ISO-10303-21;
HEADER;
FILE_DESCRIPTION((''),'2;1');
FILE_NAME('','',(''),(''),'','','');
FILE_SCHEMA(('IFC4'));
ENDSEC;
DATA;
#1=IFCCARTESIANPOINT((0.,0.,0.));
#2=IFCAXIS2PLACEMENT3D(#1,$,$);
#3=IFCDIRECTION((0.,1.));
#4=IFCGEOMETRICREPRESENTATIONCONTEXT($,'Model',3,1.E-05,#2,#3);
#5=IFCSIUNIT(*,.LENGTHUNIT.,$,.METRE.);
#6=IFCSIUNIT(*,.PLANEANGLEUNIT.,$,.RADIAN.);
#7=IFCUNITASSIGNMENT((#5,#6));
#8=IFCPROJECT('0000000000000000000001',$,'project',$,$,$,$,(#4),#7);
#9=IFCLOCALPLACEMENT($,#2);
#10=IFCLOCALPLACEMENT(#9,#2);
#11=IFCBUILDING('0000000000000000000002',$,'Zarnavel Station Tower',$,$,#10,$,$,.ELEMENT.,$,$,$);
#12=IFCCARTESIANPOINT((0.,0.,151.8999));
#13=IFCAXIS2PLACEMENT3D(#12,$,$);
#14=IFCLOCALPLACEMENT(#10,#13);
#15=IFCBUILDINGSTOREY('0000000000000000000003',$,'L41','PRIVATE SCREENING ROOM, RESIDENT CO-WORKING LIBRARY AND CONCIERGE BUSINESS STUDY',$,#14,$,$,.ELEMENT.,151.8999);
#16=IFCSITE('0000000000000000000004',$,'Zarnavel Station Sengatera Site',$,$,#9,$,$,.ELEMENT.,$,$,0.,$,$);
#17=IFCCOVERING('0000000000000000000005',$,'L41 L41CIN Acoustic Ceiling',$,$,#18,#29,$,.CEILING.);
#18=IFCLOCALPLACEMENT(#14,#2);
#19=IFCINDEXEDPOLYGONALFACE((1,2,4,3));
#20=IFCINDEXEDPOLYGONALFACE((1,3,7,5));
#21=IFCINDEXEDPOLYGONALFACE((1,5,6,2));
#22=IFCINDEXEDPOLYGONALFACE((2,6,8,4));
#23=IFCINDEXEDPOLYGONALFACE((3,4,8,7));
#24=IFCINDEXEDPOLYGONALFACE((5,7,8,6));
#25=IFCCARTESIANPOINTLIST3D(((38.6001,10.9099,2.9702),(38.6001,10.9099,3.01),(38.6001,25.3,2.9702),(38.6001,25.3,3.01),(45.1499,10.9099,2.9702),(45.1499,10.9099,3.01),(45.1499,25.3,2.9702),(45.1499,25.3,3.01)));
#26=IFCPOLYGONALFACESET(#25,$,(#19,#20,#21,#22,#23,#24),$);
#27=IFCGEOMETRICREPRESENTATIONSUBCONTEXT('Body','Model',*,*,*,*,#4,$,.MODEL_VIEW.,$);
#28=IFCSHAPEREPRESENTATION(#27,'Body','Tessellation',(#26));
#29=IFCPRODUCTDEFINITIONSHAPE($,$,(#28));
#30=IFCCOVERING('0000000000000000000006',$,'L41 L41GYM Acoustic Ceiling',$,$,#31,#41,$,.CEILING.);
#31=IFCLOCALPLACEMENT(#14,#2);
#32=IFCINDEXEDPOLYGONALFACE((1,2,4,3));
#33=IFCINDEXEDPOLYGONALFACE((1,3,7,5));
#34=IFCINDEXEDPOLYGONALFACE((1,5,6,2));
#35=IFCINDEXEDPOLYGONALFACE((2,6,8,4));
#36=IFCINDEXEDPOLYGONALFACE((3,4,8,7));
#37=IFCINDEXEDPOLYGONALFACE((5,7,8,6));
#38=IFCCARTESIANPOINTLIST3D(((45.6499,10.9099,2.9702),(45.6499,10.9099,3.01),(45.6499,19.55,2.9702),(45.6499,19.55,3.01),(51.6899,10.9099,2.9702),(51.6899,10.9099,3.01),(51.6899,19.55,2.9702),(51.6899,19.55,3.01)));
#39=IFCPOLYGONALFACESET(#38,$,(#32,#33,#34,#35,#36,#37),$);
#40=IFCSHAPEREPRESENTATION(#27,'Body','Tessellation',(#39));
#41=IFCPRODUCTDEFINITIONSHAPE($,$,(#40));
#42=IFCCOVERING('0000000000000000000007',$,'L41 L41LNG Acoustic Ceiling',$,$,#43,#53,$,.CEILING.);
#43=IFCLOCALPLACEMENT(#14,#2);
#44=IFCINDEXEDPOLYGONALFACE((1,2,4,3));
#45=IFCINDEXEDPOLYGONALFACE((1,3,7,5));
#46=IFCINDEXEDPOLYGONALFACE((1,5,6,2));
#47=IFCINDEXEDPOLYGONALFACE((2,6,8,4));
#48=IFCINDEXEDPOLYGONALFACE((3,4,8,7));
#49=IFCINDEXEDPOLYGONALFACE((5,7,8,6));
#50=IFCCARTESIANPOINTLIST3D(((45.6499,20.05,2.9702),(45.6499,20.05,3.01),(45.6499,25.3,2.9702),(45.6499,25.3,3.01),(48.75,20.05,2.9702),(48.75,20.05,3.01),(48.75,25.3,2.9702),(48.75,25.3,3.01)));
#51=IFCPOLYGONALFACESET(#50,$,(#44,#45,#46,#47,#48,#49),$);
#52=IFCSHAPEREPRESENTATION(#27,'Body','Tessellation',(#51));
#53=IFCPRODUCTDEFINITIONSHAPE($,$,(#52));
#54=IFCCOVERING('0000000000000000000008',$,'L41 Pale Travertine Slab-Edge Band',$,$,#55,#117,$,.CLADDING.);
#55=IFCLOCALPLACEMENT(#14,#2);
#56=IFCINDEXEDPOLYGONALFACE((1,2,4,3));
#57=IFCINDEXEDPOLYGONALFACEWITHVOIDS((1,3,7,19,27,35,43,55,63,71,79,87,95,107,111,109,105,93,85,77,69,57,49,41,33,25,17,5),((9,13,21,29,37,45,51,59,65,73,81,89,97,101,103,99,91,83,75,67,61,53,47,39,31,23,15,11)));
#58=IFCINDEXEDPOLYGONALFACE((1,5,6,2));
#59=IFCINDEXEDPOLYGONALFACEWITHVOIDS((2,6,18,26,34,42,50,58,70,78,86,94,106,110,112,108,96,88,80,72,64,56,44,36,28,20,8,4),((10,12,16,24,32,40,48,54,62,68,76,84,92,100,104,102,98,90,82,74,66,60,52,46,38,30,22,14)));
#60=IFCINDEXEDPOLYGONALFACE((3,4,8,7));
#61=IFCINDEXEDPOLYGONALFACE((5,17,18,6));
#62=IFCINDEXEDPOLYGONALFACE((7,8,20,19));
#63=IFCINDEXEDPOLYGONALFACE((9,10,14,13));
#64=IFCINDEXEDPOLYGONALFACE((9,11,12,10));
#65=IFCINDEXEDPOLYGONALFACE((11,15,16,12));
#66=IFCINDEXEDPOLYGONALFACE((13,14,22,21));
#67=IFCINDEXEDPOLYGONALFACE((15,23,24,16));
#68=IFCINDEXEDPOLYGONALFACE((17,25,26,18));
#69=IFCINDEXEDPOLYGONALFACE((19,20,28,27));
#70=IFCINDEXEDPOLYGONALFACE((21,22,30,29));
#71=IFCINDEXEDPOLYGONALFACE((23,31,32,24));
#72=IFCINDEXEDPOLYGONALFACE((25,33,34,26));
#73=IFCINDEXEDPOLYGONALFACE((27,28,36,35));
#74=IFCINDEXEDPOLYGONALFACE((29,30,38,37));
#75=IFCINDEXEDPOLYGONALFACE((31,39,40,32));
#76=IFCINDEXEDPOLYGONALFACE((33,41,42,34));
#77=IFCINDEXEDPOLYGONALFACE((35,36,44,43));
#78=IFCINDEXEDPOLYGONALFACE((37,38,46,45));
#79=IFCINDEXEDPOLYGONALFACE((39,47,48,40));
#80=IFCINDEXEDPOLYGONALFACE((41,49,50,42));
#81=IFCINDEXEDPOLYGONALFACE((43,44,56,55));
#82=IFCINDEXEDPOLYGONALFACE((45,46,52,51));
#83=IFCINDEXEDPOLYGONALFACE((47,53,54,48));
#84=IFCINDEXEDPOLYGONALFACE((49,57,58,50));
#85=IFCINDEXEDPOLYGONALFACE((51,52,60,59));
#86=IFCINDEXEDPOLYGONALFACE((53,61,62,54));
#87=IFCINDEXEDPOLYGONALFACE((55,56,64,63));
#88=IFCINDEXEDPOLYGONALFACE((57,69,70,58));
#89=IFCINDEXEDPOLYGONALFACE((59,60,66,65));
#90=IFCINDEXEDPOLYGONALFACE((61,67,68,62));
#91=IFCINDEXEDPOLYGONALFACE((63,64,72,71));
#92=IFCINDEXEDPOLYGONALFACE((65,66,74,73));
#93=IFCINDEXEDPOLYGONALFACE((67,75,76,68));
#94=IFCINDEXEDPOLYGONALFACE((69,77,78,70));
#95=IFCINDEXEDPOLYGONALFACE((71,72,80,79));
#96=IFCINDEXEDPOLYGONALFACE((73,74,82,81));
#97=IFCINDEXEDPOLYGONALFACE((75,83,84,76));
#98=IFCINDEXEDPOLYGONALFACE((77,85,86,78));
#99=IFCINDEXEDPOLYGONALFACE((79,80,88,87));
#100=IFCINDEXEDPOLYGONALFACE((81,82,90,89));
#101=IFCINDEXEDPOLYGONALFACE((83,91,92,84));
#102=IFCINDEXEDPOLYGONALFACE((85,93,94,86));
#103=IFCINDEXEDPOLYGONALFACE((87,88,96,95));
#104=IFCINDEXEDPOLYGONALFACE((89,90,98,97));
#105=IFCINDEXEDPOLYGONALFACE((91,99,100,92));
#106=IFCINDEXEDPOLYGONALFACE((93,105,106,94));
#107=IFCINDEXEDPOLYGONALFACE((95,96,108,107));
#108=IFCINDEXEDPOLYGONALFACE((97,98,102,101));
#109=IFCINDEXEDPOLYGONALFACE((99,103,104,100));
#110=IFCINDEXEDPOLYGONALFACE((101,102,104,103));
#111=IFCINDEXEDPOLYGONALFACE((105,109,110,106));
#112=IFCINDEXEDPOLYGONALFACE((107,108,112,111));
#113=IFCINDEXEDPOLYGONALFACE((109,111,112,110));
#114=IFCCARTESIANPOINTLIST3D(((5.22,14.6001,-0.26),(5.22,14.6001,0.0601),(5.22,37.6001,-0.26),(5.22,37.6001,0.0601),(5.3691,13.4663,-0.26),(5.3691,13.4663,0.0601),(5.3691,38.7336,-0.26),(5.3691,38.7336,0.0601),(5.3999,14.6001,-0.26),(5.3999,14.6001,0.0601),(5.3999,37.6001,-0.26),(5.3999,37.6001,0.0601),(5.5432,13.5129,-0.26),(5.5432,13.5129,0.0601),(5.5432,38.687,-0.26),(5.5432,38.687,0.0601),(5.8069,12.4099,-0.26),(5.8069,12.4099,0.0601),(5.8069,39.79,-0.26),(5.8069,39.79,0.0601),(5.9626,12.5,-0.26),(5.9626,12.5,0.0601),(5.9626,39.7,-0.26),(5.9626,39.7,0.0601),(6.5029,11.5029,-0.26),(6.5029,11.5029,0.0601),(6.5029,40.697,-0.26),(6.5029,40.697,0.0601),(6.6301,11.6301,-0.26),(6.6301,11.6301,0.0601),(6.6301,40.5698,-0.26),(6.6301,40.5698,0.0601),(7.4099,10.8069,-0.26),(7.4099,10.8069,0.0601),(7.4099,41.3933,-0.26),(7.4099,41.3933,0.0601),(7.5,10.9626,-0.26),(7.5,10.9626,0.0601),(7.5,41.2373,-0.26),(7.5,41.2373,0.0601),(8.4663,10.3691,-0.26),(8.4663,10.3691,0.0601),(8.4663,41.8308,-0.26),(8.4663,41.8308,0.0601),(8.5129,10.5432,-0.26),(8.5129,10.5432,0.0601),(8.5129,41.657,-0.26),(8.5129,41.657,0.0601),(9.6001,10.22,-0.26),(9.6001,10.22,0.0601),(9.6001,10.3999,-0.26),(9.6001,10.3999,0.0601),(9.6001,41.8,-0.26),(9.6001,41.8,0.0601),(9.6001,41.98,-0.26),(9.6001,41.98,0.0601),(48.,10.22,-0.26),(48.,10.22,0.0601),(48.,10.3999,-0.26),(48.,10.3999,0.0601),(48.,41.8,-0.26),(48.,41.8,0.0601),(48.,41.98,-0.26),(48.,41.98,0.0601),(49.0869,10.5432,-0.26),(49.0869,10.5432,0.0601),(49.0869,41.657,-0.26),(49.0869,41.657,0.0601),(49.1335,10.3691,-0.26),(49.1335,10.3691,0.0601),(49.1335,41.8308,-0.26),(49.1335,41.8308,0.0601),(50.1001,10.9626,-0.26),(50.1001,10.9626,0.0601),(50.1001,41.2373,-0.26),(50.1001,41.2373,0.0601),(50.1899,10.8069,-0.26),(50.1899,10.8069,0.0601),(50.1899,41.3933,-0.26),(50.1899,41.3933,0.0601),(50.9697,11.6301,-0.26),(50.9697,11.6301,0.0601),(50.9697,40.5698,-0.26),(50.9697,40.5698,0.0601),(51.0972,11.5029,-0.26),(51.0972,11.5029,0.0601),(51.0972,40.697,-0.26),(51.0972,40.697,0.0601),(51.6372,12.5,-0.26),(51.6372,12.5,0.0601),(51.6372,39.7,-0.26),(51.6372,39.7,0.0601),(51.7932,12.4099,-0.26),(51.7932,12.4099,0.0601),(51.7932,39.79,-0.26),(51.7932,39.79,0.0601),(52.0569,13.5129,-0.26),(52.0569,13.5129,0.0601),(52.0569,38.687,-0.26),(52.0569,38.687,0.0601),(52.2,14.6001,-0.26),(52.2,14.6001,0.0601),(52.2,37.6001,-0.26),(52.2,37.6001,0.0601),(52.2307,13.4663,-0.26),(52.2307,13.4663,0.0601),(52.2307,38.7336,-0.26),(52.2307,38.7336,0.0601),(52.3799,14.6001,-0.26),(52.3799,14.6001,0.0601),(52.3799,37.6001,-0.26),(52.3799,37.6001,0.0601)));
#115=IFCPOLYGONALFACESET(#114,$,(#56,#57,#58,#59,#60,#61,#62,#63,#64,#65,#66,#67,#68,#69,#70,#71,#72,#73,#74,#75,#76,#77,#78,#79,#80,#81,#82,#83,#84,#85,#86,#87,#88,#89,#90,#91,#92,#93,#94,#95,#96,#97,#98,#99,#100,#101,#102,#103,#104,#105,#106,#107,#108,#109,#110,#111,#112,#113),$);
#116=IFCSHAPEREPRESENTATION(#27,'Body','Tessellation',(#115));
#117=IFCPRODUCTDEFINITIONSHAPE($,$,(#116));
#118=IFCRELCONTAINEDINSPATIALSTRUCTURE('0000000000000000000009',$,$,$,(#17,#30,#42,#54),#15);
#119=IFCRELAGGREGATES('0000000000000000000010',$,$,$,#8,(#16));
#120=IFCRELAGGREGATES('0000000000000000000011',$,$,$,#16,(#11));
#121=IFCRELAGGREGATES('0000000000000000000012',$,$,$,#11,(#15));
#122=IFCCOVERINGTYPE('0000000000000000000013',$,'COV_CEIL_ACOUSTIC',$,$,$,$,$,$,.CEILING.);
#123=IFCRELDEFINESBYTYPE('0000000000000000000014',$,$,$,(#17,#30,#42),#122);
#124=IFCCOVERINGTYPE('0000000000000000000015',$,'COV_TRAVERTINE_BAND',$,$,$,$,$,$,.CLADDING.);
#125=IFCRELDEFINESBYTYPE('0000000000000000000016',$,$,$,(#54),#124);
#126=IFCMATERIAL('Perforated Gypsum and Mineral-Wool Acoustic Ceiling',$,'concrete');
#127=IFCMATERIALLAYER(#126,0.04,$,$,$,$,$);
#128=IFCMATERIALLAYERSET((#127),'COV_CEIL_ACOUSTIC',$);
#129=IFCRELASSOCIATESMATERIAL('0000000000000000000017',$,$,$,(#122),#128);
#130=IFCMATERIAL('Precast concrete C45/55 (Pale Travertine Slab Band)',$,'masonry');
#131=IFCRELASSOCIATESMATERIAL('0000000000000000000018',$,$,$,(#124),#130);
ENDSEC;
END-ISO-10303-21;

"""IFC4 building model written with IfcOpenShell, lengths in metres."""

from ifc_helpers import new_model, si_unit, direction, frame, origin, place, context, subcontext, project, spatial, polyline, outline, extrude, material, layer, layer_set, type_object, element, save


model = new_model("IFC4")

# Units and contexts
model_context = context("Model", 3, precision=1e-05, world=origin(), true_north=direction((0.0, 1.0)))
body_context = subcontext(model_context, "Body", "Model", "MODEL_VIEW")
ifc_project = project(units=[si_unit("LENGTHUNIT", "METRE"), si_unit("PLANEANGLEUNIT", "RADIAN")], contexts=[model_context])

# Site, building, storey
site_placement = place(None, origin())
site = spatial("IfcSite", under=ifc_project, at=site_placement, Name="Zarnavel Station Sengatera Site", CompositionType="ELEMENT", RefElevation=0.0)
building_placement = place(site_placement, origin())
building = spatial("IfcBuilding", under=site, at=building_placement, Name="Zarnavel Station Tower", CompositionType="ELEMENT")
storey_placement = place(building_placement, frame((0.0, 0.0, 151.8999)))
storey = spatial("IfcBuildingStorey", under=building, at=storey_placement, Name="L41", Description="PRIVATE SCREENING ROOM, RESIDENT CO-WORKING LIBRARY AND CONCIERGE BUSINESS STUDY", CompositionType="ELEMENT", Elevation=151.8999)

# Coverings
ifc_material_1 = material(Name="Perforated Gypsum and Mineral-Wool Acoustic Ceiling", Category="concrete")
ifc_layer_1 = layer(ifc_material_1, 0.04)
ifc_layer_set_1 = layer_set([ifc_layer_1], Name="COV_CEIL_ACOUSTIC")
covering_type_1 = type_object("IfcCoveringType", Name="COV_CEIL_ACOUSTIC", PredefinedType="CEILING", material=ifc_layer_set_1)
covering_1_placement = place(storey_placement, frame((0.0, 0.0, 2.9702)))
element("IfcCovering", 1, at=covering_1_placement, inside=storey, type_object=covering_type_1, Name="L41 L41CIN Acoustic Ceiling", PredefinedType="CEILING", context=body_context, shape_type="SweptSolid", body=[
    extrude(outline(polyline([(38.6001, 10.9099), (45.1499, 10.9099), (45.1499, 25.3), (38.6001, 25.3), (38.6001, 10.9099)])), origin(), (0.0, 0.0, 1.0), 0.0398),
])
covering_2_placement = place(storey_placement, frame((0.0, 0.0, 2.9702)))
element("IfcCovering", 2, at=covering_2_placement, inside=storey, type_object=covering_type_1, Name="L41 L41GYM Acoustic Ceiling", PredefinedType="CEILING", context=body_context, shape_type="SweptSolid", body=[
    extrude(outline(polyline([(45.6499, 10.9099), (51.6899, 10.9099), (51.6899, 19.55), (45.6499, 19.55), (45.6499, 10.9099)])), origin(), (0.0, 0.0, 1.0), 0.0398),
])
covering_3_placement = place(storey_placement, frame((0.0, 0.0, 2.9702)))
element("IfcCovering", 3, at=covering_3_placement, inside=storey, type_object=covering_type_1, Name="L41 L41LNG Acoustic Ceiling", PredefinedType="CEILING", context=body_context, shape_type="SweptSolid", body=[
    extrude(outline(polyline([(45.6499, 20.05), (48.75, 20.05), (48.75, 25.3), (45.6499, 25.3), (45.6499, 20.05)])), origin(), (0.0, 0.0, 1.0), 0.0398),
])
ifc_material_2 = material(Name="Precast concrete C45/55 (Pale Travertine Slab Band)", Category="masonry")
covering_type_2 = type_object("IfcCoveringType", Name="COV_TRAVERTINE_BAND", PredefinedType="CLADDING", material=ifc_material_2)
covering_4_placement = place(storey_placement, frame((0.0, 0.0, -0.26)))
element("IfcCovering", 4, at=covering_4_placement, inside=storey, type_object=covering_type_2, Name="L41 Pale Travertine Slab-Edge Band", PredefinedType="CLADDING", context=body_context, shape_type="SweptSolid", body=[
    extrude(outline(polyline([(48.0, 10.22), (49.1335, 10.3691), (50.1899, 10.8069), (51.0972, 11.5029), (51.7932, 12.4099), (52.2307, 13.4663), (52.3799, 14.6001), (52.3799, 37.6001), (52.2307, 38.7336), (51.7932, 39.79), (51.0972, 40.697), (50.1899, 41.3933), (49.1335, 41.8308), (48.0, 41.98), (9.6001, 41.98), (8.4663, 41.8308), (7.4099, 41.3933), (6.5029, 40.697), (5.8069, 39.79), (5.3691, 38.7336), (5.22, 37.6001), (5.22, 14.6001), (5.3691, 13.4663), (5.8069, 12.4099), (6.5029, 11.5029), (7.4099, 10.8069), (8.4663, 10.3691), (9.6001, 10.22), (48.0, 10.22)]), holes=[polyline([(48.0, 10.3999), (49.0869, 10.5432), (50.1001, 10.9626), (50.9697, 11.6301), (51.6372, 12.5), (52.0569, 13.5129), (52.2, 14.6001), (52.2, 37.6001), (52.0569, 38.687), (51.6372, 39.7), (50.9697, 40.5698), (50.1001, 41.2373), (49.0869, 41.657), (48.0, 41.8), (9.6001, 41.8), (8.5129, 41.657), (7.5, 41.2373), (6.6301, 40.5698), (5.9626, 39.7), (5.5432, 38.687), (5.3999, 37.6001), (5.3999, 14.6001), (5.5432, 13.5129), (5.9626, 12.5), (6.6301, 11.6301), (7.5, 10.9626), (8.5129, 10.5432), (9.6001, 10.3999), (48.0, 10.3999)])]), origin(), (0.0, 0.0, 1.0), 0.3201),
])

save(model, "model.ifc")
